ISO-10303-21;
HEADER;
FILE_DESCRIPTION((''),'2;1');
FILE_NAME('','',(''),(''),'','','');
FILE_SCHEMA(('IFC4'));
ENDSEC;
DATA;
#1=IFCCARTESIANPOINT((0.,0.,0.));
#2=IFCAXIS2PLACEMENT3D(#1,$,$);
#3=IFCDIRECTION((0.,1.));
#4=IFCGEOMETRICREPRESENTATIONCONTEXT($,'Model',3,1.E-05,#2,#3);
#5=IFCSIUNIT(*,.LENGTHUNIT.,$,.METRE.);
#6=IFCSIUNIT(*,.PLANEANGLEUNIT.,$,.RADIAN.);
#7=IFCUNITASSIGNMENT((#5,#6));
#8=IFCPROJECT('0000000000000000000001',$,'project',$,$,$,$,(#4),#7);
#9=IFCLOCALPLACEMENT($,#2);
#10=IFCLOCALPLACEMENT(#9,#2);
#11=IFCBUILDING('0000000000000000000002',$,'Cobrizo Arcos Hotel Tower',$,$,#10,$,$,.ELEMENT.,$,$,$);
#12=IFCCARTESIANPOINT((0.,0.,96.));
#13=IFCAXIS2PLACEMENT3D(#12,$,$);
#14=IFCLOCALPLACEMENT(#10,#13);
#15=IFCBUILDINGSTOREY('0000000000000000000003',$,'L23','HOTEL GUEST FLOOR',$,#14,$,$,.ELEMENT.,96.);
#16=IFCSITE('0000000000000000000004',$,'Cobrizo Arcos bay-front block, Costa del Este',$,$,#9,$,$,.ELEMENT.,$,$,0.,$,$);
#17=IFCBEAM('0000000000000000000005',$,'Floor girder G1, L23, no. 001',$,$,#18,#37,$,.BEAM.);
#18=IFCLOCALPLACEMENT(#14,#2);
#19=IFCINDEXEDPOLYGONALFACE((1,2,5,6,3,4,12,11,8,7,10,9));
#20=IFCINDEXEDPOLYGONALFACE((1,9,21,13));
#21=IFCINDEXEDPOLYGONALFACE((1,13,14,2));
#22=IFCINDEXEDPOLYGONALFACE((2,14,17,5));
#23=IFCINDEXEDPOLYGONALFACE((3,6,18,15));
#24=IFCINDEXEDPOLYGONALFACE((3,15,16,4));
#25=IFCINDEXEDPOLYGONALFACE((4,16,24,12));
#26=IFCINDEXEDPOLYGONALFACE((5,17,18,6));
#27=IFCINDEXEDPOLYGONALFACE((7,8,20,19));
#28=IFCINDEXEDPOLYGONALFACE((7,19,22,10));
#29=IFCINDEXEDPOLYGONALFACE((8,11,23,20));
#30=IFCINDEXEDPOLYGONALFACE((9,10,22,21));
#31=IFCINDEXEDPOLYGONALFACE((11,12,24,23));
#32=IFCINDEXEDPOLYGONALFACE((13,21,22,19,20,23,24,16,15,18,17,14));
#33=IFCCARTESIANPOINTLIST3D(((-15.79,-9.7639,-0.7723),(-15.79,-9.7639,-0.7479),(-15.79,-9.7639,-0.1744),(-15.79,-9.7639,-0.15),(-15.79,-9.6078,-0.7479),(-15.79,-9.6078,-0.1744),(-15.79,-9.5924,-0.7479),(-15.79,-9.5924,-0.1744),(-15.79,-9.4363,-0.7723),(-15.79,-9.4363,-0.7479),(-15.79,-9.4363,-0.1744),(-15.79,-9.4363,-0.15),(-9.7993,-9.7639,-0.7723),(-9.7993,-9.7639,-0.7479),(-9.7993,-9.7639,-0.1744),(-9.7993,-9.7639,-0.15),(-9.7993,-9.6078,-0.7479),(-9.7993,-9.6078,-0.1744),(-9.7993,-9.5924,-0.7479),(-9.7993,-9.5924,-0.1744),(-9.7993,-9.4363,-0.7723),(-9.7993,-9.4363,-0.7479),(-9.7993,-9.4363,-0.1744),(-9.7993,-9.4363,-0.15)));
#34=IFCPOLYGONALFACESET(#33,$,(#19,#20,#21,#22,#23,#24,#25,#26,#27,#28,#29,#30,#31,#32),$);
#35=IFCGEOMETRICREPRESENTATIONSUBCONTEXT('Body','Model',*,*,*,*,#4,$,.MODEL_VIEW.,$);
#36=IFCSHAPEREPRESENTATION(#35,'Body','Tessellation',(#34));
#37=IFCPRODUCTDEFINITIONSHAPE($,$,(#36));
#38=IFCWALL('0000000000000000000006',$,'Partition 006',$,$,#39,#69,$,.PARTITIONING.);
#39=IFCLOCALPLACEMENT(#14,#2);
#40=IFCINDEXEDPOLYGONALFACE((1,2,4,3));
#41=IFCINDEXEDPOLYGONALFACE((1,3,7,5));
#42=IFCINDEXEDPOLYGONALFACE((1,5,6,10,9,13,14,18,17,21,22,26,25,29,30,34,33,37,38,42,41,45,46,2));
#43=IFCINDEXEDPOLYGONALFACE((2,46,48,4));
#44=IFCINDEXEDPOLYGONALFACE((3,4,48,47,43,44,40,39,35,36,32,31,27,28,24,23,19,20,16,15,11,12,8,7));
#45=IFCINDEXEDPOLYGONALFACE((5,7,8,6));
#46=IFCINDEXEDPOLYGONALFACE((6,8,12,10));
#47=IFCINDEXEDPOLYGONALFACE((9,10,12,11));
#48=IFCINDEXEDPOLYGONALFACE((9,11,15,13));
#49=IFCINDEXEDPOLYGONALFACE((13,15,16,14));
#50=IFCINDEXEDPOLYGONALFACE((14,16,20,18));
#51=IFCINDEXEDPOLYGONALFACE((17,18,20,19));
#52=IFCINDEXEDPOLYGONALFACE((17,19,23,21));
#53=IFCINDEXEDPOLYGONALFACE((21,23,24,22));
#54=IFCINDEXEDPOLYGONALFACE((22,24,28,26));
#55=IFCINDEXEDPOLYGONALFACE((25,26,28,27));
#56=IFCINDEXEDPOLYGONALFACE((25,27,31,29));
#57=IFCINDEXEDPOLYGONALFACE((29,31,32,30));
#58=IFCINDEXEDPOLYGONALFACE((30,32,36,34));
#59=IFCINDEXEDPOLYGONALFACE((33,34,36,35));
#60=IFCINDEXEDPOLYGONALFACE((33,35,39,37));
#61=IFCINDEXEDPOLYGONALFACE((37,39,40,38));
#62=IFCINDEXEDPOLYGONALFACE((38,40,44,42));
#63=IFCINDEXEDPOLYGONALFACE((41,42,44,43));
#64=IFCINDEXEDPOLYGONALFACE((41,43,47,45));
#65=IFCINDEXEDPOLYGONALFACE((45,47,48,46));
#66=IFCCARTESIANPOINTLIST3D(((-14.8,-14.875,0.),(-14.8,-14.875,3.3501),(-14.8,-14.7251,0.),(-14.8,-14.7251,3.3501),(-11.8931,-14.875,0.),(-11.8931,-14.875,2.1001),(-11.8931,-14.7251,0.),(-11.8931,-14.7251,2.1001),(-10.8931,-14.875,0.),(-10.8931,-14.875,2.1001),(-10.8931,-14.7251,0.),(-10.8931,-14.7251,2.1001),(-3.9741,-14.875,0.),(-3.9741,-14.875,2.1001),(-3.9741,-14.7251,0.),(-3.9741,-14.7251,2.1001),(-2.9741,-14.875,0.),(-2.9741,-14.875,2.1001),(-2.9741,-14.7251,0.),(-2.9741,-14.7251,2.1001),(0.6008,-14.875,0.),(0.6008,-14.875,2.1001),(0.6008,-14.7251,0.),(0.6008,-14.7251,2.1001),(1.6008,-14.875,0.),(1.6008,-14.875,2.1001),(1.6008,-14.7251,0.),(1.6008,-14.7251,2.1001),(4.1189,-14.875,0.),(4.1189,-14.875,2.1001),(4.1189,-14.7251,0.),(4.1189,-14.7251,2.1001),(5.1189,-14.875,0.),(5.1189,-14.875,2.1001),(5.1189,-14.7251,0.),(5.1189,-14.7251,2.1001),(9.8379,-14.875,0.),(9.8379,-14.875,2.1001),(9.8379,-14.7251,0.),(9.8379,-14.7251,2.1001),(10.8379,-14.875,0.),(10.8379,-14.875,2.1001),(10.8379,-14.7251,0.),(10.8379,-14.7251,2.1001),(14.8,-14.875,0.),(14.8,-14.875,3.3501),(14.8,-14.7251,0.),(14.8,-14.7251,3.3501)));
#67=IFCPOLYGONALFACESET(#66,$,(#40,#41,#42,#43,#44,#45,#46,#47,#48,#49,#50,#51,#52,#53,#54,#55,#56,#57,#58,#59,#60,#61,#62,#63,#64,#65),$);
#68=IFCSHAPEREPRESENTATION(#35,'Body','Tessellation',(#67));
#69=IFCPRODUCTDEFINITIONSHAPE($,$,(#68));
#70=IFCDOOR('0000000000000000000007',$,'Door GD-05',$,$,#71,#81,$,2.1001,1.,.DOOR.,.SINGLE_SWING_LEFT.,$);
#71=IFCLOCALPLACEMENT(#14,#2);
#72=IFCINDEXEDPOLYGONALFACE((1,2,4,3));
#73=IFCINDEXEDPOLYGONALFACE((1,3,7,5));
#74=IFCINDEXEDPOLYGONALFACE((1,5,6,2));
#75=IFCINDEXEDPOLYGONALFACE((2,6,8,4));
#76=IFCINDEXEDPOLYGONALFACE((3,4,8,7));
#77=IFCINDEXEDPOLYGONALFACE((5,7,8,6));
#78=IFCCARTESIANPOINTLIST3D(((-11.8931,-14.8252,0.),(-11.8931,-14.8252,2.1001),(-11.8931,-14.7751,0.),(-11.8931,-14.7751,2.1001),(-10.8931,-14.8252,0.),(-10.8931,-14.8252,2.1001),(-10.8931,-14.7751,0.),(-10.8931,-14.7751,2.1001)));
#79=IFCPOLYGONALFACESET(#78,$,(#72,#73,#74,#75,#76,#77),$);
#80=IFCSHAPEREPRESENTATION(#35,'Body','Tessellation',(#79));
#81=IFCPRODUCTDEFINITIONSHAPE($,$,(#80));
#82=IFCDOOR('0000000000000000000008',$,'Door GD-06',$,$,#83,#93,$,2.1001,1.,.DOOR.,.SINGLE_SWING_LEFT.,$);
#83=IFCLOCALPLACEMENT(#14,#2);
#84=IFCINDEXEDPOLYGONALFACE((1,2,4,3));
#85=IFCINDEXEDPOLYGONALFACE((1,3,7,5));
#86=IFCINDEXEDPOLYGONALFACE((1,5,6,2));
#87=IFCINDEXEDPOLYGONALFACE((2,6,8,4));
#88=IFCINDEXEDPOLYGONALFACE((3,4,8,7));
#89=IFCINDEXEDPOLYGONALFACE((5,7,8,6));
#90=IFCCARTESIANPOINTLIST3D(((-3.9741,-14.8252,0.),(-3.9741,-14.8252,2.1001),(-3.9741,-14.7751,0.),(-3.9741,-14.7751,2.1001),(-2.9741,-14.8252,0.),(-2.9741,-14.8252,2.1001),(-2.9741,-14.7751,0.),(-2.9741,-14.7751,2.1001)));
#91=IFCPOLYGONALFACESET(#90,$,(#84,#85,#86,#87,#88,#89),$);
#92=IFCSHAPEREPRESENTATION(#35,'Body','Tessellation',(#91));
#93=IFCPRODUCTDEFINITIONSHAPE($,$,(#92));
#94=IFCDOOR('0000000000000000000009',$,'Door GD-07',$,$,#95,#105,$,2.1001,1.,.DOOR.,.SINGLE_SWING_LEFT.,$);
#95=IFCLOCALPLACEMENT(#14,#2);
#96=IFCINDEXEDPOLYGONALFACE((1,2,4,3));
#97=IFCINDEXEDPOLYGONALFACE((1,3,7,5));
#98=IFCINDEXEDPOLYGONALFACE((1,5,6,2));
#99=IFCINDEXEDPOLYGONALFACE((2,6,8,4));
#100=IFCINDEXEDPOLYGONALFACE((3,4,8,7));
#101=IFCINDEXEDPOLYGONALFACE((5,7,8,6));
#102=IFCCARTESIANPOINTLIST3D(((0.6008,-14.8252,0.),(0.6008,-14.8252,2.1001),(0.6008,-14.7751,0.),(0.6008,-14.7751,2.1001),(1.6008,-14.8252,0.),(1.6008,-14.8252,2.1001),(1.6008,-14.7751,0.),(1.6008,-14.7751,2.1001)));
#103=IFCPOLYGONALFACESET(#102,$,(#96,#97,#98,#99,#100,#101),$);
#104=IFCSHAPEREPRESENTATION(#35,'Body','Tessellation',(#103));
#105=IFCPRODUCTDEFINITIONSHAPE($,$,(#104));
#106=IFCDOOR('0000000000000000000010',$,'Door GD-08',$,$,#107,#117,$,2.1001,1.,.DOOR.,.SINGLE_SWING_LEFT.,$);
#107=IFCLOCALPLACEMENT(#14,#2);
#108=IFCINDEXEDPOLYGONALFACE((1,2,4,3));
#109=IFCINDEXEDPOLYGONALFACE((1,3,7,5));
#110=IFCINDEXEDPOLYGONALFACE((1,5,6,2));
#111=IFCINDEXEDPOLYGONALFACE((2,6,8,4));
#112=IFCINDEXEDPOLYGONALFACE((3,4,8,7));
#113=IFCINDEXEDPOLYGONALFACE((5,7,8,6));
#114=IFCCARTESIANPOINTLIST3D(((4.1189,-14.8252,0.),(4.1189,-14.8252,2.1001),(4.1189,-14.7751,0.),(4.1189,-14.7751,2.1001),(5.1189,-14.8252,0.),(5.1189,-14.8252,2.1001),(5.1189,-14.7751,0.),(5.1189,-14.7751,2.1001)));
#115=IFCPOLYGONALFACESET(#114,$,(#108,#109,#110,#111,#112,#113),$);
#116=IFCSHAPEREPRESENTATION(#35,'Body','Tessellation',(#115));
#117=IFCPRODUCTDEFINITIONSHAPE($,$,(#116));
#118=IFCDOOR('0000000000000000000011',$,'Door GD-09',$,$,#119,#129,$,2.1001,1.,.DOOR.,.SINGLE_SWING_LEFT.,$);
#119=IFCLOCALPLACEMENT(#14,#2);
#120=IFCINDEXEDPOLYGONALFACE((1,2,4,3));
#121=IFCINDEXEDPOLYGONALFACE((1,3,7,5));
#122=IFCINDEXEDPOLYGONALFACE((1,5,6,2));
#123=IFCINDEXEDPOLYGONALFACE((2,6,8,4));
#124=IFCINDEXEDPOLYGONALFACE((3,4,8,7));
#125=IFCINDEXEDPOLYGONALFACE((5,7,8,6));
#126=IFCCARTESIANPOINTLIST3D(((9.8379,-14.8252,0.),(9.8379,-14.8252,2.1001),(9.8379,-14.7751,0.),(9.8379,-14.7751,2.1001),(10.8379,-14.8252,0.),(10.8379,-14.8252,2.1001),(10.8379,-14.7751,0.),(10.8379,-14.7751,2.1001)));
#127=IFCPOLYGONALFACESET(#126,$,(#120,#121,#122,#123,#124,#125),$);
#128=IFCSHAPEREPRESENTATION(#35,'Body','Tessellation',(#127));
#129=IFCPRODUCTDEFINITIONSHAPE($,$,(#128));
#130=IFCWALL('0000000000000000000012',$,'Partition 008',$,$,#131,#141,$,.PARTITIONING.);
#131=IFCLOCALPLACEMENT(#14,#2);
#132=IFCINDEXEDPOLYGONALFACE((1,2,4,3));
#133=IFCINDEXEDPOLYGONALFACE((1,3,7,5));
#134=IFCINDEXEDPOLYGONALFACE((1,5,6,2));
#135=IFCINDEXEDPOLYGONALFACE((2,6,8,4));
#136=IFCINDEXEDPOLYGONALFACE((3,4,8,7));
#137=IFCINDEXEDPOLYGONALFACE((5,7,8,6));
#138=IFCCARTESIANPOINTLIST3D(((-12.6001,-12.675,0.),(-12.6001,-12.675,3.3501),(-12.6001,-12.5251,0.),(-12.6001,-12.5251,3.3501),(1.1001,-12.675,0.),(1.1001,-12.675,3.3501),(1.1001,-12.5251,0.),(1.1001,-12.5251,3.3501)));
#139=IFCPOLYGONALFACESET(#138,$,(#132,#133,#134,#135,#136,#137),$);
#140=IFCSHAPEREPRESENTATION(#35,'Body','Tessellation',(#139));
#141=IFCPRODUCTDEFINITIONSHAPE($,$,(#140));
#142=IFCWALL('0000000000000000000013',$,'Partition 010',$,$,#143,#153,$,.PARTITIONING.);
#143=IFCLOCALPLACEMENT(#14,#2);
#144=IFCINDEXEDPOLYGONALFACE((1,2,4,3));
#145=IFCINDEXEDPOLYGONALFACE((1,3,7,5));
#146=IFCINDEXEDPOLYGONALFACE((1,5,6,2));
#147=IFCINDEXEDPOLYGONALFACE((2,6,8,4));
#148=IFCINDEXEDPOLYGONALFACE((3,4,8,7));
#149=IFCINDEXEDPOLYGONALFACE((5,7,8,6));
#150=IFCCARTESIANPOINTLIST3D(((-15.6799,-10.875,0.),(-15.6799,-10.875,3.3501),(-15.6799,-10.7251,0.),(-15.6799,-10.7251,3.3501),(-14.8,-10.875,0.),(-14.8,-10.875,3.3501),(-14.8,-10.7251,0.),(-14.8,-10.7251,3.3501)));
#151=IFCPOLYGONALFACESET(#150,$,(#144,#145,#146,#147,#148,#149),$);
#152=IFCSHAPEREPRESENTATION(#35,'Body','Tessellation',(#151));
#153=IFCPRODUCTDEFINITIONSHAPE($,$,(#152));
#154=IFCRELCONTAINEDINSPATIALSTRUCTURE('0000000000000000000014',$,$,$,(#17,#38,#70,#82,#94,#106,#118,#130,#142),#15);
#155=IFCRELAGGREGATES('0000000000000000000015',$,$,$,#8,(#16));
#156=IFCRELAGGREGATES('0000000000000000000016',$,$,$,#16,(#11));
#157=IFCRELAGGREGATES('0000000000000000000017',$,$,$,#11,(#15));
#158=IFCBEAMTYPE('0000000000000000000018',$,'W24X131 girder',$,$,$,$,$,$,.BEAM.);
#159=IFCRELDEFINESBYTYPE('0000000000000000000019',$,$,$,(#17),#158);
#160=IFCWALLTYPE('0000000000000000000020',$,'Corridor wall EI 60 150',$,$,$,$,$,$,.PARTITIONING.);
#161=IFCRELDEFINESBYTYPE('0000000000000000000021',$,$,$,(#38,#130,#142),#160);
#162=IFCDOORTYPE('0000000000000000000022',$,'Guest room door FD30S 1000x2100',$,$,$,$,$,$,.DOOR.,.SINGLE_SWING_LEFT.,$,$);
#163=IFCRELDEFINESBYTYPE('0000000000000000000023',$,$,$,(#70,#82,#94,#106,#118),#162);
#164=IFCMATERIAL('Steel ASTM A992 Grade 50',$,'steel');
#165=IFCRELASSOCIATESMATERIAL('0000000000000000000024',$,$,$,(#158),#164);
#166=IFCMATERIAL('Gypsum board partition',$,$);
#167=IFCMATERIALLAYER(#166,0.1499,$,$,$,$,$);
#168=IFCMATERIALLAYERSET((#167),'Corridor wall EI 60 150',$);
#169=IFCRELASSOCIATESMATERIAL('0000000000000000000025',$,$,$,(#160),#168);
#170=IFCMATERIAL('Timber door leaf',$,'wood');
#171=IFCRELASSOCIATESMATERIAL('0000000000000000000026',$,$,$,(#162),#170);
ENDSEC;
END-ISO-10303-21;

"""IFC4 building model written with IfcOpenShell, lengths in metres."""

from ifc_helpers import new_model, si_unit, direction, frame, frame_2d, origin, origin_2d, place, context, subcontext, project, spatial, rectangle, i_section, extrude, material, layer, layer_set, material_profile, profile_set, type_object, element, fill, save


model = new_model("IFC4")

# Units and contexts
model_context = context("Model", 3, precision=1e-05, world=origin(), true_north=direction((0.0, 1.0)))
body_context = subcontext(model_context, "Body", "Model", "MODEL_VIEW")
ifc_project = project(units=[si_unit("LENGTHUNIT", "METRE"), si_unit("PLANEANGLEUNIT", "RADIAN")], contexts=[model_context])

# Site, building, storey
site_placement = place(None, origin())
site = spatial("IfcSite", under=ifc_project, at=site_placement, Name="Cobrizo Arcos bay-front block, Costa del Este", CompositionType="ELEMENT", RefElevation=0.0)
building_placement = place(site_placement, origin())
building = spatial("IfcBuilding", under=site, at=building_placement, Name="Cobrizo Arcos Hotel Tower", CompositionType="ELEMENT")
storey_placement = place(building_placement, frame((0.0, 0.0, 96.0)))
storey = spatial("IfcBuildingStorey", under=building, at=storey_placement, Name="L23", Description="HOTEL GUEST FLOOR", CompositionType="ELEMENT", Elevation=96.0)

# Beam
ifc_material_1 = material(Name="Steel ASTM A992 Grade 50", Category="steel")
ifc_material_profile = material_profile(ifc_material_1, i_section(OverallWidth=0.3276, OverallDepth=0.6223, WebThickness=0.0154, FlangeThickness=0.0244, at=origin_2d()), Name="W24X131")
ifc_profile_set = profile_set([ifc_material_profile], Name="Steel ASTM A992 Grade 50")
beam_type = type_object("IfcBeamType", Name="W24X131 girder", PredefinedType="BEAM", material=ifc_profile_set)
beam_placement = place(storey_placement, frame((-15.79, -9.6001, -0.4612), z_axis=(1.0, 0.0, 0.0), x_axis=(0.0, 1.0, 0.0)))
element("IfcBeam", 1, at=beam_placement, inside=storey, type_object=beam_type, Name="Floor girder G1, L23, no. 001", PredefinedType="BEAM", context=body_context, shape_type="SweptSolid", body=[
    extrude(i_section(OverallWidth=0.3276, OverallDepth=0.6223, WebThickness=0.0154, FlangeThickness=0.0244, at=origin_2d()), origin(), (0.0, 0.0, 1.0), 5.9907),
])

# Wall, openings, doors
ifc_material_2 = material(Name="Gypsum board partition")
ifc_layer_1 = layer(ifc_material_2, 0.1499)
ifc_layer_set_1 = layer_set([ifc_layer_1], Name="Corridor wall EI 60 150")
wall_type_1 = type_object("IfcWallType", Name="Corridor wall EI 60 150", PredefinedType="PARTITIONING", material=ifc_layer_set_1)
wall_1_placement = place(storey_placement, frame((-14.8, -14.8, 0.0), z_axis=(0.0, 0.0, 1.0), x_axis=(1.0, 0.0, 0.0)))
wall_1 = element("IfcWall", 2, at=wall_1_placement, inside=storey, type_object=wall_type_1, Name="Partition 006", PredefinedType="PARTITIONING", context=body_context, shape_type="SweptSolid", body=[
    extrude(rectangle(XDim=29.6001, YDim=0.1499, at=frame_2d((14.8, 0.0))), origin(), (0.0, 0.0, 1.0), 3.3501),
])
opening_1_placement = place(wall_1_placement, frame((2.907, 0.0, 0.0)))
opening_1 = element("IfcOpeningElement", 3, at=opening_1_placement, cuts=wall_1, PredefinedType="OPENING", context=body_context, shape_type="SweptSolid", body=[
    extrude(rectangle(XDim=1.0, YDim=2.1001, at=frame_2d((0.5, 1.05))), frame((0.0, 0.0869, 0.0), z_axis=(0.0, -1.0, 0.0), x_axis=(1.0, 0.0, 0.0)), (0.0, 0.0, 1.0), 0.1738),
])
opening_2_placement = place(wall_1_placement, frame((10.8259, 0.0, 0.0)))
opening_2 = element("IfcOpeningElement", 4, at=opening_2_placement, cuts=wall_1, PredefinedType="OPENING", context=body_context, shape_type="SweptSolid", body=[
    extrude(rectangle(XDim=1.0, YDim=2.1001, at=frame_2d((0.5, 1.05))), frame((0.0, 0.0869, 0.0), z_axis=(0.0, -1.0, 0.0), x_axis=(1.0, 0.0, 0.0)), (0.0, 0.0, 1.0), 0.1738),
])
opening_3_placement = place(wall_1_placement, frame((15.4009, 0.0, 0.0)))
opening_3 = element("IfcOpeningElement", 5, at=opening_3_placement, cuts=wall_1, PredefinedType="OPENING", context=body_context, shape_type="SweptSolid", body=[
    extrude(rectangle(XDim=1.0, YDim=2.1001, at=frame_2d((0.5, 1.05))), frame((0.0, 0.0869, 0.0), z_axis=(0.0, -1.0, 0.0), x_axis=(1.0, 0.0, 0.0)), (0.0, 0.0, 1.0), 0.1738),
])
opening_4_placement = place(wall_1_placement, frame((18.9189, 0.0, 0.0)))
opening_4 = element("IfcOpeningElement", 6, at=opening_4_placement, cuts=wall_1, PredefinedType="OPENING", context=body_context, shape_type="SweptSolid", body=[
    extrude(rectangle(XDim=1.0, YDim=2.1001, at=frame_2d((0.5, 1.05))), frame((0.0, 0.0869, 0.0), z_axis=(0.0, -1.0, 0.0), x_axis=(1.0, 0.0, 0.0)), (0.0, 0.0, 1.0), 0.1738),
])
opening_5_placement = place(wall_1_placement, frame((24.6379, 0.0, 0.0)))
opening_5 = element("IfcOpeningElement", 7, at=opening_5_placement, cuts=wall_1, PredefinedType="OPENING", context=body_context, shape_type="SweptSolid", body=[
    extrude(rectangle(XDim=1.0, YDim=2.1001, at=frame_2d((0.5, 1.05))), frame((0.0, 0.0869, 0.0), z_axis=(0.0, -1.0, 0.0), x_axis=(1.0, 0.0, 0.0)), (0.0, 0.0, 1.0), 0.1738),
])
ifc_material_3 = material(Name="Timber door leaf", Category="wood")
door_type_1 = type_object("IfcDoorType", Name="Guest room door FD30S 1000x2100", OperationType="SINGLE_SWING_LEFT", PredefinedType="DOOR", material=ifc_material_3)
door_1_placement = place(opening_1_placement, origin())
door_1 = element("IfcDoor", 8, at=door_1_placement, inside=storey, type_object=door_type_1, Name="Door GD-05", OperationType="SINGLE_SWING_LEFT", OverallHeight=2.1001, OverallWidth=1.0, PredefinedType="DOOR", context=body_context, shape_type="SweptSolid", body=[
    extrude(rectangle(XDim=1.0, YDim=2.1001, at=frame_2d((0.5, 1.05))), frame((0.0, 0.0249, 0.0), z_axis=(0.0, -1.0, 0.0), x_axis=(1.0, 0.0, 0.0)), (0.0, 0.0, 1.0), 0.05),
])
fill(opening_1, door_1)
door_2_placement = place(opening_2_placement, origin())
door_2 = element("IfcDoor", 9, at=door_2_placement, inside=storey, type_object=door_type_1, Name="Door GD-06", OperationType="SINGLE_SWING_LEFT", OverallHeight=2.1001, OverallWidth=1.0, PredefinedType="DOOR", context=body_context, shape_type="SweptSolid", body=[
    extrude(rectangle(XDim=1.0, YDim=2.1001, at=frame_2d((0.5, 1.05))), frame((0.0, 0.0249, 0.0), z_axis=(0.0, -1.0, 0.0), x_axis=(1.0, 0.0, 0.0)), (0.0, 0.0, 1.0), 0.05),
])
fill(opening_2, door_2)
door_3_placement = place(opening_3_placement, origin())
door_3 = element("IfcDoor", 10, at=door_3_placement, inside=storey, type_object=door_type_1, Name="Door GD-07", OperationType="SINGLE_SWING_LEFT", OverallHeight=2.1001, OverallWidth=1.0, PredefinedType="DOOR", context=body_context, shape_type="SweptSolid", body=[
    extrude(rectangle(XDim=1.0, YDim=2.1001, at=frame_2d((0.5, 1.05))), frame((0.0, 0.0249, 0.0), z_axis=(0.0, -1.0, 0.0), x_axis=(1.0, 0.0, 0.0)), (0.0, 0.0, 1.0), 0.05),
])
fill(opening_3, door_3)
door_4_placement = place(opening_4_placement, origin())
door_4 = element("IfcDoor", 11, at=door_4_placement, inside=storey, type_object=door_type_1, Name="Door GD-08", OperationType="SINGLE_SWING_LEFT", OverallHeight=2.1001, OverallWidth=1.0, PredefinedType="DOOR", context=body_context, shape_type="SweptSolid", body=[
    extrude(rectangle(XDim=1.0, YDim=2.1001, at=frame_2d((0.5, 1.05))), frame((0.0, 0.0249, 0.0), z_axis=(0.0, -1.0, 0.0), x_axis=(1.0, 0.0, 0.0)), (0.0, 0.0, 1.0), 0.05),
])
fill(opening_4, door_4)
door_5_placement = place(opening_5_placement, origin())
door_5 = element("IfcDoor", 12, at=door_5_placement, inside=storey, type_object=door_type_1, Name="Door GD-09", OperationType="SINGLE_SWING_LEFT", OverallHeight=2.1001, OverallWidth=1.0, PredefinedType="DOOR", context=body_context, shape_type="SweptSolid", body=[
    extrude(rectangle(XDim=1.0, YDim=2.1001, at=frame_2d((0.5, 1.05))), frame((0.0, 0.0249, 0.0), z_axis=(0.0, -1.0, 0.0), x_axis=(1.0, 0.0, 0.0)), (0.0, 0.0, 1.0), 0.05),
])
fill(opening_5, door_5)

# Walls
wall_2_placement = place(storey_placement, frame((-12.6001, -12.6001, 0.0), z_axis=(0.0, 0.0, 1.0), x_axis=(1.0, 0.0, 0.0)))
element("IfcWall", 13, at=wall_2_placement, inside=storey, type_object=wall_type_1, Name="Partition 008", PredefinedType="PARTITIONING", context=body_context, shape_type="SweptSolid", body=[
    extrude(rectangle(XDim=13.7002, YDim=0.1499, at=frame_2d((6.8501, 0.0))), origin(), (0.0, 0.0, 1.0), 3.3501),
])
wall_3_placement = place(storey_placement, frame((-15.6799, -10.8, 0.0), z_axis=(0.0, 0.0, 1.0), x_axis=(1.0, 0.0, 0.0)))
element("IfcWall", 14, at=wall_3_placement, inside=storey, type_object=wall_type_1, Name="Partition 010", PredefinedType="PARTITIONING", context=body_context, shape_type="SweptSolid", body=[
    extrude(rectangle(XDim=0.8799, YDim=0.1499, at=frame_2d((0.4399, 0.0))), origin(), (0.0, 0.0, 1.0), 3.3501),
])

save(model, "model.ifc")
